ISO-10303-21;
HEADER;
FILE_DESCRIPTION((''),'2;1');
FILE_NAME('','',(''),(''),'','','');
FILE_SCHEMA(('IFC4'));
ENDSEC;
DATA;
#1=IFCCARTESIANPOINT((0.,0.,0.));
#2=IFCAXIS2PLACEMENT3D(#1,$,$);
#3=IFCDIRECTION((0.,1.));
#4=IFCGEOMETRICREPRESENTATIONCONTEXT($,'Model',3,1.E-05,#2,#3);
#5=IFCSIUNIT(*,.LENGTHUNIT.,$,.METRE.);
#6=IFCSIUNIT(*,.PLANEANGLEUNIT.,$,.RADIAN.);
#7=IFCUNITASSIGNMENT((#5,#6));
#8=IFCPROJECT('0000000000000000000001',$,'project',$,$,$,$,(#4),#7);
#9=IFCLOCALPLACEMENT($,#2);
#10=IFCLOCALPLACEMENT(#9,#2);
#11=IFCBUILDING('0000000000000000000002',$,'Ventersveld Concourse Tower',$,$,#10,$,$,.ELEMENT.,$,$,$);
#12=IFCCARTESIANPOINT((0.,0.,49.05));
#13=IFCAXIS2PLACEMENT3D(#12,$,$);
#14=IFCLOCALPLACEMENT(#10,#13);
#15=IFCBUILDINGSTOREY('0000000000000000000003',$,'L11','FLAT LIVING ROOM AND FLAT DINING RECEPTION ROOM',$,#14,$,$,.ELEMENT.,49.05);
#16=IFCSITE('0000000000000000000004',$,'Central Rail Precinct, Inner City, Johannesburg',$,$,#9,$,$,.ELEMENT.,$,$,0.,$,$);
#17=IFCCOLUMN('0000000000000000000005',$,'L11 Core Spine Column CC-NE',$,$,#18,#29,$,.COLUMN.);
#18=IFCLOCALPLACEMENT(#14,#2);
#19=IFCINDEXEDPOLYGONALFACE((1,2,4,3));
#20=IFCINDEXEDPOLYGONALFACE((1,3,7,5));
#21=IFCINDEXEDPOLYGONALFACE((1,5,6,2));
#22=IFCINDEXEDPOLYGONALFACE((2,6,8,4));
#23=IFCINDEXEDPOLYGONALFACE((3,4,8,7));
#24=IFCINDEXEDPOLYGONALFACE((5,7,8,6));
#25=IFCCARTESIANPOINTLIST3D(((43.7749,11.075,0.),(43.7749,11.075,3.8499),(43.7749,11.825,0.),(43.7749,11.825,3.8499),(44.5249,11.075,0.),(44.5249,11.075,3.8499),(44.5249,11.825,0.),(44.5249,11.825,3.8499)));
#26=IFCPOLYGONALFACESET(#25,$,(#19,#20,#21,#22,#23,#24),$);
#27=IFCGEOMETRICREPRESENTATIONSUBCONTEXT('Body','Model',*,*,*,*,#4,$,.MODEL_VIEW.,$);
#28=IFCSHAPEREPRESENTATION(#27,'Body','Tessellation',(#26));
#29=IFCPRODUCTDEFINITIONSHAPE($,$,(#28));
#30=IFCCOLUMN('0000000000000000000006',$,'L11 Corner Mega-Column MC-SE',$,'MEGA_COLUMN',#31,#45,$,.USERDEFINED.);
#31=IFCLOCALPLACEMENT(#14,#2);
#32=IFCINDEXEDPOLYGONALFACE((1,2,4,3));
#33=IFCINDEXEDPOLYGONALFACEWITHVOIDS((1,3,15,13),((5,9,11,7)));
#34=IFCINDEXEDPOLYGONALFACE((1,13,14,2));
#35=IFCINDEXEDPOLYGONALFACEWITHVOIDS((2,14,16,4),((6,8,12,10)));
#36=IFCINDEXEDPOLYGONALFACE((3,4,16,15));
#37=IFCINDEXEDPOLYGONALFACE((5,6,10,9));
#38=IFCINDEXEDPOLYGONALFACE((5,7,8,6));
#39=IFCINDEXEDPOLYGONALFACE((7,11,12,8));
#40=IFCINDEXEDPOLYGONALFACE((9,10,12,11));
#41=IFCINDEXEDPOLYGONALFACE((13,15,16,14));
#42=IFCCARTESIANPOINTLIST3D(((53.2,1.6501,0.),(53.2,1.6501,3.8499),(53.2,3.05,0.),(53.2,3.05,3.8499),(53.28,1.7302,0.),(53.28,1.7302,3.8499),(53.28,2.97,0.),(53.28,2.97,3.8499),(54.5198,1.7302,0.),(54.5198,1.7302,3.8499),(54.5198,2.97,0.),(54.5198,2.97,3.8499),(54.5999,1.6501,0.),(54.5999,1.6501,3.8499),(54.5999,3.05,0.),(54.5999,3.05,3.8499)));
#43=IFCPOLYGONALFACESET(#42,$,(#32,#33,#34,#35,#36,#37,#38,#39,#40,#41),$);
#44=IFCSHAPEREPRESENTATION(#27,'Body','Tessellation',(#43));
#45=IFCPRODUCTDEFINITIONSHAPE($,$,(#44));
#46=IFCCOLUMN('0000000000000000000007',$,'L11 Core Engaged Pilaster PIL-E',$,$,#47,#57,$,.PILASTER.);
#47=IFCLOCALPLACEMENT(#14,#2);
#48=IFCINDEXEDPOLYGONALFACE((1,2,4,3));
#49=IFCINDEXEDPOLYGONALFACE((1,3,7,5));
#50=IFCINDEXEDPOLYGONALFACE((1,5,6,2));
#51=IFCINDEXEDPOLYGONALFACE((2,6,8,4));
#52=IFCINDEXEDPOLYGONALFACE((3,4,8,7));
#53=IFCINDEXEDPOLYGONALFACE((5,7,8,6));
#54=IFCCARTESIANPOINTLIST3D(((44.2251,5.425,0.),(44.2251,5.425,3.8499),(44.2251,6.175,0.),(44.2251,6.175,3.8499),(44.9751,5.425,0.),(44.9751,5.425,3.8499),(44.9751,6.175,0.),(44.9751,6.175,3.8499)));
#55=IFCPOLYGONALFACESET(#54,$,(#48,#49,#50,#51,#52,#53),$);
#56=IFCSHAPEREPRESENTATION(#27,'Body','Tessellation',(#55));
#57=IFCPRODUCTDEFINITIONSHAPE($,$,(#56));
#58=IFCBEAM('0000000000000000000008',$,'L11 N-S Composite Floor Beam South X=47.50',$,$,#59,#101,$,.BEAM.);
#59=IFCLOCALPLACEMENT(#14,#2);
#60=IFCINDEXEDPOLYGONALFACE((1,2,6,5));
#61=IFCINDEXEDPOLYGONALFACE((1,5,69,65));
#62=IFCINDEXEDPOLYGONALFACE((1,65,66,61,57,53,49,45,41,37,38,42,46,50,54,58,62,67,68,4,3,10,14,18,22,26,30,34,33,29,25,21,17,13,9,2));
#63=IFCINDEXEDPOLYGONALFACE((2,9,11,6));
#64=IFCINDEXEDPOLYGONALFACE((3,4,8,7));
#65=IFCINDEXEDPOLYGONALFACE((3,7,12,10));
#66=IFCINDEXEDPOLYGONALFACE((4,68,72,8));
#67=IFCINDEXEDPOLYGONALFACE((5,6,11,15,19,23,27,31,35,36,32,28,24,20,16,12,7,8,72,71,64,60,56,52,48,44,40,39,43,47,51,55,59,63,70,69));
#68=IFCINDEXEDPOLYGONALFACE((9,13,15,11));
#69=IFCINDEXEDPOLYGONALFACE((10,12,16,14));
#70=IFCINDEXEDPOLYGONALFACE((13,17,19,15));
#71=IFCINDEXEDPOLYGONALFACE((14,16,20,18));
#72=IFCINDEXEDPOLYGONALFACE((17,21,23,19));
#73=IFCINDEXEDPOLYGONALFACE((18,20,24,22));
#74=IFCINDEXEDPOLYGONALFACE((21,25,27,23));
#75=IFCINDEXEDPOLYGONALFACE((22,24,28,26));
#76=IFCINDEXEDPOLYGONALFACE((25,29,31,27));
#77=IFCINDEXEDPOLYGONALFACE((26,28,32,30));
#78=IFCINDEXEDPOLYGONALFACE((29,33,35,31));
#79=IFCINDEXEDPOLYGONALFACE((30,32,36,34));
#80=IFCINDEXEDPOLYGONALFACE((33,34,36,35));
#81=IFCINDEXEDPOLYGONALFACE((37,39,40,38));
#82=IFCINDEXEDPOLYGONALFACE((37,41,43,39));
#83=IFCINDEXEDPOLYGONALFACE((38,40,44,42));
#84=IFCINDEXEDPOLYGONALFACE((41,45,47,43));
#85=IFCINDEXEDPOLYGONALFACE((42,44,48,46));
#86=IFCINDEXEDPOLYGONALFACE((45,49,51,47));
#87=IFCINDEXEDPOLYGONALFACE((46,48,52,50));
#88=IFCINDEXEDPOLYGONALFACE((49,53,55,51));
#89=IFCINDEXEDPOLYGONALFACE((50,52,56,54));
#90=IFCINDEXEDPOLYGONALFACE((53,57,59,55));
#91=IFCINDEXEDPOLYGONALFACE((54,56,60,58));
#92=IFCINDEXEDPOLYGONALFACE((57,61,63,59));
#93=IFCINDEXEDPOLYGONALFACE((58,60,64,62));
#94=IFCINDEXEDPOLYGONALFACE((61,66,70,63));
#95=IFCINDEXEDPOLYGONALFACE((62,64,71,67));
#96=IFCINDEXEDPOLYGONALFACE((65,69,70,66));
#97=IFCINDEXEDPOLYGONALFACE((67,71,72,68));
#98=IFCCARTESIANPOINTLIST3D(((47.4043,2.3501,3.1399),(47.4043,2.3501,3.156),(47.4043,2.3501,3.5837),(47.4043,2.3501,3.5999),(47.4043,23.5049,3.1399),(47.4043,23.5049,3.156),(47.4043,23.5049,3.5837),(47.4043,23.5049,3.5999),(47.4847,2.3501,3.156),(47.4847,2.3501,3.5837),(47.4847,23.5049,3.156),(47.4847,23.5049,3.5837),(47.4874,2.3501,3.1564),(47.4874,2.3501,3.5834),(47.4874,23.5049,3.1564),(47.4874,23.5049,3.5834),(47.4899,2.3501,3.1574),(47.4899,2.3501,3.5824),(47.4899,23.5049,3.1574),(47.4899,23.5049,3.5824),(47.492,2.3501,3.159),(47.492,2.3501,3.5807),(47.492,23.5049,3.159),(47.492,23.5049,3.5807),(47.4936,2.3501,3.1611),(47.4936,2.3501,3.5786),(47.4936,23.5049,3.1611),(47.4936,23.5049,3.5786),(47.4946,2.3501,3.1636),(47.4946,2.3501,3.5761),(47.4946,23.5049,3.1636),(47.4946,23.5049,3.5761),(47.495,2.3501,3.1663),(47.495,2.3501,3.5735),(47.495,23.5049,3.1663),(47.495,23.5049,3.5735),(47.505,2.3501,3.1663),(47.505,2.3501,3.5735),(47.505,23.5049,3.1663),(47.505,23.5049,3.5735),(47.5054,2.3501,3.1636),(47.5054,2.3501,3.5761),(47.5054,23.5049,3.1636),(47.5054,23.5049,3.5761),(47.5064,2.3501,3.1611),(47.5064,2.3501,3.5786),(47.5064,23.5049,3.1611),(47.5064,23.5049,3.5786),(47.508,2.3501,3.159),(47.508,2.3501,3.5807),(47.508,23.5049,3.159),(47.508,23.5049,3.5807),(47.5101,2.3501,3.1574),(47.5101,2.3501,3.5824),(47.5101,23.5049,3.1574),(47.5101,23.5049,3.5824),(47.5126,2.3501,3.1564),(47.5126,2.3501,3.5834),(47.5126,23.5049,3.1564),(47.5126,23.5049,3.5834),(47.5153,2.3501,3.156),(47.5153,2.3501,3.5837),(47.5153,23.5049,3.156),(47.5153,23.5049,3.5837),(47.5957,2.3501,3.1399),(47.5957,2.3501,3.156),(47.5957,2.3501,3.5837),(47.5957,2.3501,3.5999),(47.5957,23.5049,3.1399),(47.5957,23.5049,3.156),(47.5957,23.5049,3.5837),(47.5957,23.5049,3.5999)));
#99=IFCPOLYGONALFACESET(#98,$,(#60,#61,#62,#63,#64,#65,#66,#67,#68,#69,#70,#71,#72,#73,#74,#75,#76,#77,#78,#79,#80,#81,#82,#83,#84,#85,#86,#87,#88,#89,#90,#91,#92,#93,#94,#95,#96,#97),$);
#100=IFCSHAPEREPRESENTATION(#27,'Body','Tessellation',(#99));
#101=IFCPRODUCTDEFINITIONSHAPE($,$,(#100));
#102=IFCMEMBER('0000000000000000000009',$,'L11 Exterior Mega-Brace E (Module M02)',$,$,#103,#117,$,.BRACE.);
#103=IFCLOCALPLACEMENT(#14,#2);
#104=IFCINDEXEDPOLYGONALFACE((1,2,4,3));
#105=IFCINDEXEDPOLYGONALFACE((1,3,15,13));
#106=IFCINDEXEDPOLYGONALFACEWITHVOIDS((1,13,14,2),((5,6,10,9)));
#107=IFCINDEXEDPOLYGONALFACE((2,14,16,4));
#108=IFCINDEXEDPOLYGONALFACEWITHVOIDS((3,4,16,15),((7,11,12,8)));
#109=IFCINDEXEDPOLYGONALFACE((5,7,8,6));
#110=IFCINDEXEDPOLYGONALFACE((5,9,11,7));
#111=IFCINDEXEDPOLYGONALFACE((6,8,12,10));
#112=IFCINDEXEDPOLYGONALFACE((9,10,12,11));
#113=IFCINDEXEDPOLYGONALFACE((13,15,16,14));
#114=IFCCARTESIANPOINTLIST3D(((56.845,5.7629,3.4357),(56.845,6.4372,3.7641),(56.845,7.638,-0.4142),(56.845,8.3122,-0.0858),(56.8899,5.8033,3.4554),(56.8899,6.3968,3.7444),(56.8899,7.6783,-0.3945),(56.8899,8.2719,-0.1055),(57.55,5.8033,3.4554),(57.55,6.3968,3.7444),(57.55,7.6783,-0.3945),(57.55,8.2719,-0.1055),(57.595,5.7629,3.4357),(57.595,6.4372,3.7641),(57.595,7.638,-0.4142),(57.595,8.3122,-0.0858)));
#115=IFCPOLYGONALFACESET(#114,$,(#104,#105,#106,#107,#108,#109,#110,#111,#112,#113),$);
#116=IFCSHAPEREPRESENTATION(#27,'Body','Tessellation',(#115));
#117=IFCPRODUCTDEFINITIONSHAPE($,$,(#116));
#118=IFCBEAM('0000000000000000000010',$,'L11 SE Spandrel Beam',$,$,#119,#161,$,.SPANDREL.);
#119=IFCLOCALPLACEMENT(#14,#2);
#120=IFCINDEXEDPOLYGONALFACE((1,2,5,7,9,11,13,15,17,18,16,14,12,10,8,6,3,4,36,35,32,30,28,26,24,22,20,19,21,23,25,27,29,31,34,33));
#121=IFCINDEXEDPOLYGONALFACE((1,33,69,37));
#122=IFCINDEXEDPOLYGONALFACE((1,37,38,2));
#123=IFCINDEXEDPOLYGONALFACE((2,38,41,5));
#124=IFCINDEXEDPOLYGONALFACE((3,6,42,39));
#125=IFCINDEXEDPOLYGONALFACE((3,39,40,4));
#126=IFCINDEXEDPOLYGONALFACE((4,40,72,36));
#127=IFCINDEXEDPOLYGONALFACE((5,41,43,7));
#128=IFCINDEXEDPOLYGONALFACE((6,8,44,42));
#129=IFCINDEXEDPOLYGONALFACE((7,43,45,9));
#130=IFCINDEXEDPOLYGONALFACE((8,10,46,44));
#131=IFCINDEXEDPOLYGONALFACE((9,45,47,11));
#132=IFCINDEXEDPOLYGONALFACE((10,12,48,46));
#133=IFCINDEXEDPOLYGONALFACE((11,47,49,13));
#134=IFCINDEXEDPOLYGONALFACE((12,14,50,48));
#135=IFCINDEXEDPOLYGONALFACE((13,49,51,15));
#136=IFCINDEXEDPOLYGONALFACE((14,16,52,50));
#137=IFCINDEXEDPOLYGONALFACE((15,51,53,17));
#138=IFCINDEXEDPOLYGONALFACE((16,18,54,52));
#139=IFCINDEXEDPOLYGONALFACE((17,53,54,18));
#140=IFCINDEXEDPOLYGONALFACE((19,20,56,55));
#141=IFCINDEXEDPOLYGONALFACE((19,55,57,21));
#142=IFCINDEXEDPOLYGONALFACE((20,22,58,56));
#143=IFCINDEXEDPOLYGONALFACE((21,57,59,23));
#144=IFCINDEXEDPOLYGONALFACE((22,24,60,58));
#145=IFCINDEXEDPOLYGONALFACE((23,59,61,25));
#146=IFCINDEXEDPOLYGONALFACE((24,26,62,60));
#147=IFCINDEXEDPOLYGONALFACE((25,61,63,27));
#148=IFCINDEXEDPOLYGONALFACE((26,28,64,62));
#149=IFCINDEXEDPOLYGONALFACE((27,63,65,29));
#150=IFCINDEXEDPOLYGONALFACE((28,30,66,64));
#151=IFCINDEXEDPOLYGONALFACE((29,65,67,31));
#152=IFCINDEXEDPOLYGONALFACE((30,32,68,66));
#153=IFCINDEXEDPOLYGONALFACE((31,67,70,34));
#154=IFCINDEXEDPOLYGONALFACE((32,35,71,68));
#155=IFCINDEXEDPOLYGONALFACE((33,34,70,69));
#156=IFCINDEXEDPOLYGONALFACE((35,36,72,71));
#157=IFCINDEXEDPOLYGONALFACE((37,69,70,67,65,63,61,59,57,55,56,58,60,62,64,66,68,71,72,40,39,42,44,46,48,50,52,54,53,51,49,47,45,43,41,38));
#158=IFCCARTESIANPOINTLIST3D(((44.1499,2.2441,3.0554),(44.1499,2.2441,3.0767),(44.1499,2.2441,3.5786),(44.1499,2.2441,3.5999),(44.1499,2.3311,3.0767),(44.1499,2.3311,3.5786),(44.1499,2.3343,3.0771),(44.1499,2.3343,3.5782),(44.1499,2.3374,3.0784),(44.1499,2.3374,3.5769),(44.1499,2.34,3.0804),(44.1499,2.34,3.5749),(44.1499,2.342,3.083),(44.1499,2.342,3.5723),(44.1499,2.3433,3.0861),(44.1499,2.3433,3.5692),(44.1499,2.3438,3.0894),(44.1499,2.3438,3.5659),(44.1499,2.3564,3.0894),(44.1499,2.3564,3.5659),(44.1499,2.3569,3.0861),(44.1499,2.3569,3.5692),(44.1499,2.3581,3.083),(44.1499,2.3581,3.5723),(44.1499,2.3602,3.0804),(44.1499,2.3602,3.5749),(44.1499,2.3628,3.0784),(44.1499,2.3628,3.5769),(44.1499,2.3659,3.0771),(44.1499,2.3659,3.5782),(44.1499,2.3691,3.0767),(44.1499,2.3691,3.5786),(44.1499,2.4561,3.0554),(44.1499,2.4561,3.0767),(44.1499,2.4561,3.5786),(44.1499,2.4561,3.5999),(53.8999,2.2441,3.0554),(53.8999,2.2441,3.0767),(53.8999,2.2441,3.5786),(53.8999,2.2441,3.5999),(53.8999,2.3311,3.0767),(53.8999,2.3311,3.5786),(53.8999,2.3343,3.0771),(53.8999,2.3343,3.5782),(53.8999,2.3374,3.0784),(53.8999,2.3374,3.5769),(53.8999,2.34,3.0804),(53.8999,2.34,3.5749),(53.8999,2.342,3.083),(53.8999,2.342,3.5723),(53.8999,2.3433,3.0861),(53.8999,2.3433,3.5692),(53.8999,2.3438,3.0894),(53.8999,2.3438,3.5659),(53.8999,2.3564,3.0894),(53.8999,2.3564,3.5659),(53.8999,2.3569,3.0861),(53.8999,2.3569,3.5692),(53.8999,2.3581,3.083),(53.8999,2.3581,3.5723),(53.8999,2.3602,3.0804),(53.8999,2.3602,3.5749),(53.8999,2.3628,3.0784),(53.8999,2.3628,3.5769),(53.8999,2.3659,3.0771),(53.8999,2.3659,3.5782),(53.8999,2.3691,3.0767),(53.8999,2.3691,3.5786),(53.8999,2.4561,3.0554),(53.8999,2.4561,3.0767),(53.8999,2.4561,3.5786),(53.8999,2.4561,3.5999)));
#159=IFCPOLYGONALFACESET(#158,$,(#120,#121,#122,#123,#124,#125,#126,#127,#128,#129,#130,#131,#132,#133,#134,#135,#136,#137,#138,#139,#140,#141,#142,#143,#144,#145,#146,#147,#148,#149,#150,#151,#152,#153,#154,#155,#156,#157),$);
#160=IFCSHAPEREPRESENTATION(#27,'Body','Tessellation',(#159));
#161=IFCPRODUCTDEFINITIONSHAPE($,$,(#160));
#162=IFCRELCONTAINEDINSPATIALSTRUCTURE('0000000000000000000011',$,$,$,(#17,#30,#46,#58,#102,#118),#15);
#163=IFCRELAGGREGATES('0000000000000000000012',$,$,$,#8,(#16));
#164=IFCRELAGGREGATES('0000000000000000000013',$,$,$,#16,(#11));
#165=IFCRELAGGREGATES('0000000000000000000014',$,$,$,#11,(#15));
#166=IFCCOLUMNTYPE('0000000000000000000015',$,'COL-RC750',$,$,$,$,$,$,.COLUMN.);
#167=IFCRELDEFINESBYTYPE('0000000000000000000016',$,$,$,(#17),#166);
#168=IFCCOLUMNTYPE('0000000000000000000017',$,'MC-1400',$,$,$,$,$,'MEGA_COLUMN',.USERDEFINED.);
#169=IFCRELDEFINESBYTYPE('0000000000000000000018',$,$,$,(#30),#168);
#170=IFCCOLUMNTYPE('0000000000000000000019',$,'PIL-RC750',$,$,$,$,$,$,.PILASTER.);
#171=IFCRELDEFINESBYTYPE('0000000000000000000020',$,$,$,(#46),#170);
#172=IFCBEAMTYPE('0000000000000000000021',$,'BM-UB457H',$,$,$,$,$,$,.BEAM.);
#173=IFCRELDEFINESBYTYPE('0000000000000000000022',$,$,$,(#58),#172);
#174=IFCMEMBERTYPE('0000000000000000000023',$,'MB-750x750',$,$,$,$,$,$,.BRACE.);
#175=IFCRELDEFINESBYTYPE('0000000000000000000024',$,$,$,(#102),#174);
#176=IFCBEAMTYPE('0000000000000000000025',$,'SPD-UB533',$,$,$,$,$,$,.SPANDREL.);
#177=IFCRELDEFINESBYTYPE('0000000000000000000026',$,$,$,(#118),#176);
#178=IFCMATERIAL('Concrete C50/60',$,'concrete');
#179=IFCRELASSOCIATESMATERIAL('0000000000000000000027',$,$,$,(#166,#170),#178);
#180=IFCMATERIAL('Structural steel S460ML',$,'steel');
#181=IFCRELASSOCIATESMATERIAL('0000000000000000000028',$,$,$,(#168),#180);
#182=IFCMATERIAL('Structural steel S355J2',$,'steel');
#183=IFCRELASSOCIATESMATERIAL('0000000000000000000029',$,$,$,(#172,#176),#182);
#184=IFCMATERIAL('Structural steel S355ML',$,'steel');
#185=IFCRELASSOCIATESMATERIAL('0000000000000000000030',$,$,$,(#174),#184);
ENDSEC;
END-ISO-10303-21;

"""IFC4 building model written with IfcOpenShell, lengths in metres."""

from ifc_helpers import new_model, si_unit, direction, frame, origin, origin_2d, place, context, subcontext, project, spatial, rectangle, hollow_rectangle, i_section, extrude, material, material_profile, profile_set, type_object, element, save


model = new_model("IFC4")

# Units and contexts
model_context = context("Model", 3, precision=1e-05, world=origin(), true_north=direction((0.0, 1.0)))
body_context = subcontext(model_context, "Body", "Model", "MODEL_VIEW")
ifc_project = project(units=[si_unit("LENGTHUNIT", "METRE"), si_unit("PLANEANGLEUNIT", "RADIAN")], contexts=[model_context])

# Site, building, storey
site_placement = place(None, origin())
site = spatial("IfcSite", under=ifc_project, at=site_placement, Name="Central Rail Precinct, Inner City, Johannesburg", CompositionType="ELEMENT", RefElevation=0.0)
building_placement = place(site_placement, origin())
building = spatial("IfcBuilding", under=site, at=building_placement, Name="Ventersveld Concourse Tower", CompositionType="ELEMENT")
storey_placement = place(building_placement, frame((0.0, 0.0, 49.05)))
storey = spatial("IfcBuildingStorey", under=building, at=storey_placement, Name="L11", Description="FLAT LIVING ROOM AND FLAT DINING RECEPTION ROOM", CompositionType="ELEMENT", Elevation=49.05)

# Columns
ifc_material_1 = material(Name="Concrete C50/60", Category="concrete")
ifc_material_profile_1 = material_profile(ifc_material_1, rectangle(XDim=0.75, YDim=0.75, at=origin_2d()), Name="RC 750x750")
ifc_profile_set_1 = profile_set([ifc_material_profile_1], Name="Concrete C50/60")
column_type_1 = type_object("IfcColumnType", Name="COL-RC750", PredefinedType="COLUMN", material=ifc_profile_set_1)
column_1_placement = place(storey_placement, frame((44.1499, 11.45, 0.0), z_axis=(0.0, 0.0, 1.0), x_axis=(1.0, 0.0, 0.0)))
element("IfcColumn", 1, at=column_1_placement, inside=storey, type_object=column_type_1, Name="L11 Core Spine Column CC-NE", PredefinedType="COLUMN", context=body_context, shape_type="SweptSolid", body=[
    extrude(rectangle(XDim=0.75, YDim=0.75, at=origin_2d()), origin(), (0.0, 0.0, 1.0), 3.8499),
])
ifc_material_2 = material(Name="Structural steel S460ML", Category="steel")
ifc_material_profile_2 = material_profile(ifc_material_2, hollow_rectangle(XDim=1.3999, YDim=1.3999, WallThickness=0.0801, at=origin_2d()), Name="BOX 1400x1400x80")
ifc_profile_set_2 = profile_set([ifc_material_profile_2], Name="Structural steel S460ML")
column_type_2 = type_object("IfcColumnType", Name="MC-1400", ElementType="MEGA_COLUMN", PredefinedType="USERDEFINED", material=ifc_profile_set_2)
column_2_placement = place(storey_placement, frame((53.8999, 2.3501, 0.0), z_axis=(0.0, 0.0, 1.0), x_axis=(1.0, 0.0, 0.0)))
element("IfcColumn", 2, at=column_2_placement, inside=storey, type_object=column_type_2, Name="L11 Corner Mega-Column MC-SE", ObjectType="MEGA_COLUMN", PredefinedType="USERDEFINED", context=body_context, shape_type="SweptSolid", body=[
    extrude(hollow_rectangle(XDim=1.3999, YDim=1.3999, WallThickness=0.0801, at=origin_2d()), origin(), (0.0, 0.0, 1.0), 3.8499),
])
ifc_material_profile_3 = material_profile(ifc_material_1, rectangle(XDim=0.75, YDim=0.75, at=origin_2d()), Name="RC 750x750")
ifc_profile_set_3 = profile_set([ifc_material_profile_3], Name="Concrete C50/60")
column_type_3 = type_object("IfcColumnType", Name="PIL-RC750", PredefinedType="PILASTER", material=ifc_profile_set_3)
column_3_placement = place(storey_placement, frame((44.6001, 5.8, 0.0), z_axis=(0.0, 0.0, 1.0), x_axis=(1.0, 0.0, 0.0)))
element("IfcColumn", 3, at=column_3_placement, inside=storey, type_object=column_type_3, Name="L11 Core Engaged Pilaster PIL-E", PredefinedType="PILASTER", context=body_context, shape_type="SweptSolid", body=[
    extrude(rectangle(XDim=0.75, YDim=0.75, at=origin_2d()), origin(), (0.0, 0.0, 1.0), 3.8499),
])

# Beam
ifc_material_3 = material(Name="Structural steel S355J2", Category="steel")
ifc_material_profile_4 = material_profile(ifc_material_3, i_section(OverallWidth=0.1914, OverallDepth=0.46, WebThickness=0.01, FlangeThickness=0.0161, FilletRadius=0.0103, at=origin_2d()), Name="UB 457x191x82")
ifc_profile_set_4 = profile_set([ifc_material_profile_4], Name="Structural steel S355J2")
beam_type_1 = type_object("IfcBeamType", Name="BM-UB457H", PredefinedType="BEAM", material=ifc_profile_set_4)
beam_1_placement = place(storey_placement, frame((47.5, 2.3501, 3.3699), z_axis=(0.0, 1.0, 0.0), x_axis=(-1.0, 0.0, 0.0)))
element("IfcBeam", 4, at=beam_1_placement, inside=storey, type_object=beam_type_1, Name="L11 N-S Composite Floor Beam South X=47.50", PredefinedType="BEAM", context=body_context, shape_type="SweptSolid", body=[
    extrude(i_section(OverallWidth=0.1914, OverallDepth=0.46, WebThickness=0.01, FlangeThickness=0.0161, FilletRadius=0.0103, at=origin_2d()), origin(), (0.0, 0.0, 1.0), 21.1548),
])

# Member
ifc_material_4 = material(Name="Structural steel S355ML", Category="steel")
ifc_material_profile_5 = material_profile(ifc_material_4, hollow_rectangle(XDim=0.75, YDim=0.75, WallThickness=0.0449, at=origin_2d()), Name="BOX 750x750x45")
ifc_profile_set_5 = profile_set([ifc_material_profile_5], Name="Structural steel S355ML")
member_type = type_object("IfcMemberType", Name="MB-750x750", PredefinedType="BRACE", material=ifc_profile_set_5)
member_placement = place(storey_placement, frame((57.22, 7.9751, -0.25), z_axis=(0.0, -0.437862, 0.899042), x_axis=(1.0, 0.0, 0.0)))
element("IfcMember", 5, at=member_placement, inside=storey, type_object=member_type, Name="L11 Exterior Mega-Brace E (Module M02)", PredefinedType="BRACE", context=body_context, shape_type="SweptSolid", body=[
    extrude(hollow_rectangle(XDim=0.75, YDim=0.75, WallThickness=0.0449, at=origin_2d()), origin(), (0.0, 0.0, 1.0), 4.2822),
])

# Beam
ifc_material_profile_6 = material_profile(ifc_material_3, i_section(OverallWidth=0.2119, OverallDepth=0.5444, WebThickness=0.0127, FlangeThickness=0.0212, FilletRadius=0.0127, at=origin_2d()), Name="UB 533x210x122")
ifc_profile_set_6 = profile_set([ifc_material_profile_6], Name="Structural steel S355J2")
beam_type_2 = type_object("IfcBeamType", Name="SPD-UB533", PredefinedType="SPANDREL", material=ifc_profile_set_6)
beam_2_placement = place(storey_placement, frame((44.1499, 2.3501, 3.3276), z_axis=(1.0, 0.0, 0.0), x_axis=(0.0, 1.0, 0.0)))
element("IfcBeam", 6, at=beam_2_placement, inside=storey, type_object=beam_type_2, Name="L11 SE Spandrel Beam", PredefinedType="SPANDREL", context=body_context, shape_type="SweptSolid", body=[
    extrude(i_section(OverallWidth=0.2119, OverallDepth=0.5444, WebThickness=0.0127, FlangeThickness=0.0212, FilletRadius=0.0127, at=origin_2d()), origin(), (0.0, 0.0, 1.0), 9.75),
])

save(model, "model.ifc")
